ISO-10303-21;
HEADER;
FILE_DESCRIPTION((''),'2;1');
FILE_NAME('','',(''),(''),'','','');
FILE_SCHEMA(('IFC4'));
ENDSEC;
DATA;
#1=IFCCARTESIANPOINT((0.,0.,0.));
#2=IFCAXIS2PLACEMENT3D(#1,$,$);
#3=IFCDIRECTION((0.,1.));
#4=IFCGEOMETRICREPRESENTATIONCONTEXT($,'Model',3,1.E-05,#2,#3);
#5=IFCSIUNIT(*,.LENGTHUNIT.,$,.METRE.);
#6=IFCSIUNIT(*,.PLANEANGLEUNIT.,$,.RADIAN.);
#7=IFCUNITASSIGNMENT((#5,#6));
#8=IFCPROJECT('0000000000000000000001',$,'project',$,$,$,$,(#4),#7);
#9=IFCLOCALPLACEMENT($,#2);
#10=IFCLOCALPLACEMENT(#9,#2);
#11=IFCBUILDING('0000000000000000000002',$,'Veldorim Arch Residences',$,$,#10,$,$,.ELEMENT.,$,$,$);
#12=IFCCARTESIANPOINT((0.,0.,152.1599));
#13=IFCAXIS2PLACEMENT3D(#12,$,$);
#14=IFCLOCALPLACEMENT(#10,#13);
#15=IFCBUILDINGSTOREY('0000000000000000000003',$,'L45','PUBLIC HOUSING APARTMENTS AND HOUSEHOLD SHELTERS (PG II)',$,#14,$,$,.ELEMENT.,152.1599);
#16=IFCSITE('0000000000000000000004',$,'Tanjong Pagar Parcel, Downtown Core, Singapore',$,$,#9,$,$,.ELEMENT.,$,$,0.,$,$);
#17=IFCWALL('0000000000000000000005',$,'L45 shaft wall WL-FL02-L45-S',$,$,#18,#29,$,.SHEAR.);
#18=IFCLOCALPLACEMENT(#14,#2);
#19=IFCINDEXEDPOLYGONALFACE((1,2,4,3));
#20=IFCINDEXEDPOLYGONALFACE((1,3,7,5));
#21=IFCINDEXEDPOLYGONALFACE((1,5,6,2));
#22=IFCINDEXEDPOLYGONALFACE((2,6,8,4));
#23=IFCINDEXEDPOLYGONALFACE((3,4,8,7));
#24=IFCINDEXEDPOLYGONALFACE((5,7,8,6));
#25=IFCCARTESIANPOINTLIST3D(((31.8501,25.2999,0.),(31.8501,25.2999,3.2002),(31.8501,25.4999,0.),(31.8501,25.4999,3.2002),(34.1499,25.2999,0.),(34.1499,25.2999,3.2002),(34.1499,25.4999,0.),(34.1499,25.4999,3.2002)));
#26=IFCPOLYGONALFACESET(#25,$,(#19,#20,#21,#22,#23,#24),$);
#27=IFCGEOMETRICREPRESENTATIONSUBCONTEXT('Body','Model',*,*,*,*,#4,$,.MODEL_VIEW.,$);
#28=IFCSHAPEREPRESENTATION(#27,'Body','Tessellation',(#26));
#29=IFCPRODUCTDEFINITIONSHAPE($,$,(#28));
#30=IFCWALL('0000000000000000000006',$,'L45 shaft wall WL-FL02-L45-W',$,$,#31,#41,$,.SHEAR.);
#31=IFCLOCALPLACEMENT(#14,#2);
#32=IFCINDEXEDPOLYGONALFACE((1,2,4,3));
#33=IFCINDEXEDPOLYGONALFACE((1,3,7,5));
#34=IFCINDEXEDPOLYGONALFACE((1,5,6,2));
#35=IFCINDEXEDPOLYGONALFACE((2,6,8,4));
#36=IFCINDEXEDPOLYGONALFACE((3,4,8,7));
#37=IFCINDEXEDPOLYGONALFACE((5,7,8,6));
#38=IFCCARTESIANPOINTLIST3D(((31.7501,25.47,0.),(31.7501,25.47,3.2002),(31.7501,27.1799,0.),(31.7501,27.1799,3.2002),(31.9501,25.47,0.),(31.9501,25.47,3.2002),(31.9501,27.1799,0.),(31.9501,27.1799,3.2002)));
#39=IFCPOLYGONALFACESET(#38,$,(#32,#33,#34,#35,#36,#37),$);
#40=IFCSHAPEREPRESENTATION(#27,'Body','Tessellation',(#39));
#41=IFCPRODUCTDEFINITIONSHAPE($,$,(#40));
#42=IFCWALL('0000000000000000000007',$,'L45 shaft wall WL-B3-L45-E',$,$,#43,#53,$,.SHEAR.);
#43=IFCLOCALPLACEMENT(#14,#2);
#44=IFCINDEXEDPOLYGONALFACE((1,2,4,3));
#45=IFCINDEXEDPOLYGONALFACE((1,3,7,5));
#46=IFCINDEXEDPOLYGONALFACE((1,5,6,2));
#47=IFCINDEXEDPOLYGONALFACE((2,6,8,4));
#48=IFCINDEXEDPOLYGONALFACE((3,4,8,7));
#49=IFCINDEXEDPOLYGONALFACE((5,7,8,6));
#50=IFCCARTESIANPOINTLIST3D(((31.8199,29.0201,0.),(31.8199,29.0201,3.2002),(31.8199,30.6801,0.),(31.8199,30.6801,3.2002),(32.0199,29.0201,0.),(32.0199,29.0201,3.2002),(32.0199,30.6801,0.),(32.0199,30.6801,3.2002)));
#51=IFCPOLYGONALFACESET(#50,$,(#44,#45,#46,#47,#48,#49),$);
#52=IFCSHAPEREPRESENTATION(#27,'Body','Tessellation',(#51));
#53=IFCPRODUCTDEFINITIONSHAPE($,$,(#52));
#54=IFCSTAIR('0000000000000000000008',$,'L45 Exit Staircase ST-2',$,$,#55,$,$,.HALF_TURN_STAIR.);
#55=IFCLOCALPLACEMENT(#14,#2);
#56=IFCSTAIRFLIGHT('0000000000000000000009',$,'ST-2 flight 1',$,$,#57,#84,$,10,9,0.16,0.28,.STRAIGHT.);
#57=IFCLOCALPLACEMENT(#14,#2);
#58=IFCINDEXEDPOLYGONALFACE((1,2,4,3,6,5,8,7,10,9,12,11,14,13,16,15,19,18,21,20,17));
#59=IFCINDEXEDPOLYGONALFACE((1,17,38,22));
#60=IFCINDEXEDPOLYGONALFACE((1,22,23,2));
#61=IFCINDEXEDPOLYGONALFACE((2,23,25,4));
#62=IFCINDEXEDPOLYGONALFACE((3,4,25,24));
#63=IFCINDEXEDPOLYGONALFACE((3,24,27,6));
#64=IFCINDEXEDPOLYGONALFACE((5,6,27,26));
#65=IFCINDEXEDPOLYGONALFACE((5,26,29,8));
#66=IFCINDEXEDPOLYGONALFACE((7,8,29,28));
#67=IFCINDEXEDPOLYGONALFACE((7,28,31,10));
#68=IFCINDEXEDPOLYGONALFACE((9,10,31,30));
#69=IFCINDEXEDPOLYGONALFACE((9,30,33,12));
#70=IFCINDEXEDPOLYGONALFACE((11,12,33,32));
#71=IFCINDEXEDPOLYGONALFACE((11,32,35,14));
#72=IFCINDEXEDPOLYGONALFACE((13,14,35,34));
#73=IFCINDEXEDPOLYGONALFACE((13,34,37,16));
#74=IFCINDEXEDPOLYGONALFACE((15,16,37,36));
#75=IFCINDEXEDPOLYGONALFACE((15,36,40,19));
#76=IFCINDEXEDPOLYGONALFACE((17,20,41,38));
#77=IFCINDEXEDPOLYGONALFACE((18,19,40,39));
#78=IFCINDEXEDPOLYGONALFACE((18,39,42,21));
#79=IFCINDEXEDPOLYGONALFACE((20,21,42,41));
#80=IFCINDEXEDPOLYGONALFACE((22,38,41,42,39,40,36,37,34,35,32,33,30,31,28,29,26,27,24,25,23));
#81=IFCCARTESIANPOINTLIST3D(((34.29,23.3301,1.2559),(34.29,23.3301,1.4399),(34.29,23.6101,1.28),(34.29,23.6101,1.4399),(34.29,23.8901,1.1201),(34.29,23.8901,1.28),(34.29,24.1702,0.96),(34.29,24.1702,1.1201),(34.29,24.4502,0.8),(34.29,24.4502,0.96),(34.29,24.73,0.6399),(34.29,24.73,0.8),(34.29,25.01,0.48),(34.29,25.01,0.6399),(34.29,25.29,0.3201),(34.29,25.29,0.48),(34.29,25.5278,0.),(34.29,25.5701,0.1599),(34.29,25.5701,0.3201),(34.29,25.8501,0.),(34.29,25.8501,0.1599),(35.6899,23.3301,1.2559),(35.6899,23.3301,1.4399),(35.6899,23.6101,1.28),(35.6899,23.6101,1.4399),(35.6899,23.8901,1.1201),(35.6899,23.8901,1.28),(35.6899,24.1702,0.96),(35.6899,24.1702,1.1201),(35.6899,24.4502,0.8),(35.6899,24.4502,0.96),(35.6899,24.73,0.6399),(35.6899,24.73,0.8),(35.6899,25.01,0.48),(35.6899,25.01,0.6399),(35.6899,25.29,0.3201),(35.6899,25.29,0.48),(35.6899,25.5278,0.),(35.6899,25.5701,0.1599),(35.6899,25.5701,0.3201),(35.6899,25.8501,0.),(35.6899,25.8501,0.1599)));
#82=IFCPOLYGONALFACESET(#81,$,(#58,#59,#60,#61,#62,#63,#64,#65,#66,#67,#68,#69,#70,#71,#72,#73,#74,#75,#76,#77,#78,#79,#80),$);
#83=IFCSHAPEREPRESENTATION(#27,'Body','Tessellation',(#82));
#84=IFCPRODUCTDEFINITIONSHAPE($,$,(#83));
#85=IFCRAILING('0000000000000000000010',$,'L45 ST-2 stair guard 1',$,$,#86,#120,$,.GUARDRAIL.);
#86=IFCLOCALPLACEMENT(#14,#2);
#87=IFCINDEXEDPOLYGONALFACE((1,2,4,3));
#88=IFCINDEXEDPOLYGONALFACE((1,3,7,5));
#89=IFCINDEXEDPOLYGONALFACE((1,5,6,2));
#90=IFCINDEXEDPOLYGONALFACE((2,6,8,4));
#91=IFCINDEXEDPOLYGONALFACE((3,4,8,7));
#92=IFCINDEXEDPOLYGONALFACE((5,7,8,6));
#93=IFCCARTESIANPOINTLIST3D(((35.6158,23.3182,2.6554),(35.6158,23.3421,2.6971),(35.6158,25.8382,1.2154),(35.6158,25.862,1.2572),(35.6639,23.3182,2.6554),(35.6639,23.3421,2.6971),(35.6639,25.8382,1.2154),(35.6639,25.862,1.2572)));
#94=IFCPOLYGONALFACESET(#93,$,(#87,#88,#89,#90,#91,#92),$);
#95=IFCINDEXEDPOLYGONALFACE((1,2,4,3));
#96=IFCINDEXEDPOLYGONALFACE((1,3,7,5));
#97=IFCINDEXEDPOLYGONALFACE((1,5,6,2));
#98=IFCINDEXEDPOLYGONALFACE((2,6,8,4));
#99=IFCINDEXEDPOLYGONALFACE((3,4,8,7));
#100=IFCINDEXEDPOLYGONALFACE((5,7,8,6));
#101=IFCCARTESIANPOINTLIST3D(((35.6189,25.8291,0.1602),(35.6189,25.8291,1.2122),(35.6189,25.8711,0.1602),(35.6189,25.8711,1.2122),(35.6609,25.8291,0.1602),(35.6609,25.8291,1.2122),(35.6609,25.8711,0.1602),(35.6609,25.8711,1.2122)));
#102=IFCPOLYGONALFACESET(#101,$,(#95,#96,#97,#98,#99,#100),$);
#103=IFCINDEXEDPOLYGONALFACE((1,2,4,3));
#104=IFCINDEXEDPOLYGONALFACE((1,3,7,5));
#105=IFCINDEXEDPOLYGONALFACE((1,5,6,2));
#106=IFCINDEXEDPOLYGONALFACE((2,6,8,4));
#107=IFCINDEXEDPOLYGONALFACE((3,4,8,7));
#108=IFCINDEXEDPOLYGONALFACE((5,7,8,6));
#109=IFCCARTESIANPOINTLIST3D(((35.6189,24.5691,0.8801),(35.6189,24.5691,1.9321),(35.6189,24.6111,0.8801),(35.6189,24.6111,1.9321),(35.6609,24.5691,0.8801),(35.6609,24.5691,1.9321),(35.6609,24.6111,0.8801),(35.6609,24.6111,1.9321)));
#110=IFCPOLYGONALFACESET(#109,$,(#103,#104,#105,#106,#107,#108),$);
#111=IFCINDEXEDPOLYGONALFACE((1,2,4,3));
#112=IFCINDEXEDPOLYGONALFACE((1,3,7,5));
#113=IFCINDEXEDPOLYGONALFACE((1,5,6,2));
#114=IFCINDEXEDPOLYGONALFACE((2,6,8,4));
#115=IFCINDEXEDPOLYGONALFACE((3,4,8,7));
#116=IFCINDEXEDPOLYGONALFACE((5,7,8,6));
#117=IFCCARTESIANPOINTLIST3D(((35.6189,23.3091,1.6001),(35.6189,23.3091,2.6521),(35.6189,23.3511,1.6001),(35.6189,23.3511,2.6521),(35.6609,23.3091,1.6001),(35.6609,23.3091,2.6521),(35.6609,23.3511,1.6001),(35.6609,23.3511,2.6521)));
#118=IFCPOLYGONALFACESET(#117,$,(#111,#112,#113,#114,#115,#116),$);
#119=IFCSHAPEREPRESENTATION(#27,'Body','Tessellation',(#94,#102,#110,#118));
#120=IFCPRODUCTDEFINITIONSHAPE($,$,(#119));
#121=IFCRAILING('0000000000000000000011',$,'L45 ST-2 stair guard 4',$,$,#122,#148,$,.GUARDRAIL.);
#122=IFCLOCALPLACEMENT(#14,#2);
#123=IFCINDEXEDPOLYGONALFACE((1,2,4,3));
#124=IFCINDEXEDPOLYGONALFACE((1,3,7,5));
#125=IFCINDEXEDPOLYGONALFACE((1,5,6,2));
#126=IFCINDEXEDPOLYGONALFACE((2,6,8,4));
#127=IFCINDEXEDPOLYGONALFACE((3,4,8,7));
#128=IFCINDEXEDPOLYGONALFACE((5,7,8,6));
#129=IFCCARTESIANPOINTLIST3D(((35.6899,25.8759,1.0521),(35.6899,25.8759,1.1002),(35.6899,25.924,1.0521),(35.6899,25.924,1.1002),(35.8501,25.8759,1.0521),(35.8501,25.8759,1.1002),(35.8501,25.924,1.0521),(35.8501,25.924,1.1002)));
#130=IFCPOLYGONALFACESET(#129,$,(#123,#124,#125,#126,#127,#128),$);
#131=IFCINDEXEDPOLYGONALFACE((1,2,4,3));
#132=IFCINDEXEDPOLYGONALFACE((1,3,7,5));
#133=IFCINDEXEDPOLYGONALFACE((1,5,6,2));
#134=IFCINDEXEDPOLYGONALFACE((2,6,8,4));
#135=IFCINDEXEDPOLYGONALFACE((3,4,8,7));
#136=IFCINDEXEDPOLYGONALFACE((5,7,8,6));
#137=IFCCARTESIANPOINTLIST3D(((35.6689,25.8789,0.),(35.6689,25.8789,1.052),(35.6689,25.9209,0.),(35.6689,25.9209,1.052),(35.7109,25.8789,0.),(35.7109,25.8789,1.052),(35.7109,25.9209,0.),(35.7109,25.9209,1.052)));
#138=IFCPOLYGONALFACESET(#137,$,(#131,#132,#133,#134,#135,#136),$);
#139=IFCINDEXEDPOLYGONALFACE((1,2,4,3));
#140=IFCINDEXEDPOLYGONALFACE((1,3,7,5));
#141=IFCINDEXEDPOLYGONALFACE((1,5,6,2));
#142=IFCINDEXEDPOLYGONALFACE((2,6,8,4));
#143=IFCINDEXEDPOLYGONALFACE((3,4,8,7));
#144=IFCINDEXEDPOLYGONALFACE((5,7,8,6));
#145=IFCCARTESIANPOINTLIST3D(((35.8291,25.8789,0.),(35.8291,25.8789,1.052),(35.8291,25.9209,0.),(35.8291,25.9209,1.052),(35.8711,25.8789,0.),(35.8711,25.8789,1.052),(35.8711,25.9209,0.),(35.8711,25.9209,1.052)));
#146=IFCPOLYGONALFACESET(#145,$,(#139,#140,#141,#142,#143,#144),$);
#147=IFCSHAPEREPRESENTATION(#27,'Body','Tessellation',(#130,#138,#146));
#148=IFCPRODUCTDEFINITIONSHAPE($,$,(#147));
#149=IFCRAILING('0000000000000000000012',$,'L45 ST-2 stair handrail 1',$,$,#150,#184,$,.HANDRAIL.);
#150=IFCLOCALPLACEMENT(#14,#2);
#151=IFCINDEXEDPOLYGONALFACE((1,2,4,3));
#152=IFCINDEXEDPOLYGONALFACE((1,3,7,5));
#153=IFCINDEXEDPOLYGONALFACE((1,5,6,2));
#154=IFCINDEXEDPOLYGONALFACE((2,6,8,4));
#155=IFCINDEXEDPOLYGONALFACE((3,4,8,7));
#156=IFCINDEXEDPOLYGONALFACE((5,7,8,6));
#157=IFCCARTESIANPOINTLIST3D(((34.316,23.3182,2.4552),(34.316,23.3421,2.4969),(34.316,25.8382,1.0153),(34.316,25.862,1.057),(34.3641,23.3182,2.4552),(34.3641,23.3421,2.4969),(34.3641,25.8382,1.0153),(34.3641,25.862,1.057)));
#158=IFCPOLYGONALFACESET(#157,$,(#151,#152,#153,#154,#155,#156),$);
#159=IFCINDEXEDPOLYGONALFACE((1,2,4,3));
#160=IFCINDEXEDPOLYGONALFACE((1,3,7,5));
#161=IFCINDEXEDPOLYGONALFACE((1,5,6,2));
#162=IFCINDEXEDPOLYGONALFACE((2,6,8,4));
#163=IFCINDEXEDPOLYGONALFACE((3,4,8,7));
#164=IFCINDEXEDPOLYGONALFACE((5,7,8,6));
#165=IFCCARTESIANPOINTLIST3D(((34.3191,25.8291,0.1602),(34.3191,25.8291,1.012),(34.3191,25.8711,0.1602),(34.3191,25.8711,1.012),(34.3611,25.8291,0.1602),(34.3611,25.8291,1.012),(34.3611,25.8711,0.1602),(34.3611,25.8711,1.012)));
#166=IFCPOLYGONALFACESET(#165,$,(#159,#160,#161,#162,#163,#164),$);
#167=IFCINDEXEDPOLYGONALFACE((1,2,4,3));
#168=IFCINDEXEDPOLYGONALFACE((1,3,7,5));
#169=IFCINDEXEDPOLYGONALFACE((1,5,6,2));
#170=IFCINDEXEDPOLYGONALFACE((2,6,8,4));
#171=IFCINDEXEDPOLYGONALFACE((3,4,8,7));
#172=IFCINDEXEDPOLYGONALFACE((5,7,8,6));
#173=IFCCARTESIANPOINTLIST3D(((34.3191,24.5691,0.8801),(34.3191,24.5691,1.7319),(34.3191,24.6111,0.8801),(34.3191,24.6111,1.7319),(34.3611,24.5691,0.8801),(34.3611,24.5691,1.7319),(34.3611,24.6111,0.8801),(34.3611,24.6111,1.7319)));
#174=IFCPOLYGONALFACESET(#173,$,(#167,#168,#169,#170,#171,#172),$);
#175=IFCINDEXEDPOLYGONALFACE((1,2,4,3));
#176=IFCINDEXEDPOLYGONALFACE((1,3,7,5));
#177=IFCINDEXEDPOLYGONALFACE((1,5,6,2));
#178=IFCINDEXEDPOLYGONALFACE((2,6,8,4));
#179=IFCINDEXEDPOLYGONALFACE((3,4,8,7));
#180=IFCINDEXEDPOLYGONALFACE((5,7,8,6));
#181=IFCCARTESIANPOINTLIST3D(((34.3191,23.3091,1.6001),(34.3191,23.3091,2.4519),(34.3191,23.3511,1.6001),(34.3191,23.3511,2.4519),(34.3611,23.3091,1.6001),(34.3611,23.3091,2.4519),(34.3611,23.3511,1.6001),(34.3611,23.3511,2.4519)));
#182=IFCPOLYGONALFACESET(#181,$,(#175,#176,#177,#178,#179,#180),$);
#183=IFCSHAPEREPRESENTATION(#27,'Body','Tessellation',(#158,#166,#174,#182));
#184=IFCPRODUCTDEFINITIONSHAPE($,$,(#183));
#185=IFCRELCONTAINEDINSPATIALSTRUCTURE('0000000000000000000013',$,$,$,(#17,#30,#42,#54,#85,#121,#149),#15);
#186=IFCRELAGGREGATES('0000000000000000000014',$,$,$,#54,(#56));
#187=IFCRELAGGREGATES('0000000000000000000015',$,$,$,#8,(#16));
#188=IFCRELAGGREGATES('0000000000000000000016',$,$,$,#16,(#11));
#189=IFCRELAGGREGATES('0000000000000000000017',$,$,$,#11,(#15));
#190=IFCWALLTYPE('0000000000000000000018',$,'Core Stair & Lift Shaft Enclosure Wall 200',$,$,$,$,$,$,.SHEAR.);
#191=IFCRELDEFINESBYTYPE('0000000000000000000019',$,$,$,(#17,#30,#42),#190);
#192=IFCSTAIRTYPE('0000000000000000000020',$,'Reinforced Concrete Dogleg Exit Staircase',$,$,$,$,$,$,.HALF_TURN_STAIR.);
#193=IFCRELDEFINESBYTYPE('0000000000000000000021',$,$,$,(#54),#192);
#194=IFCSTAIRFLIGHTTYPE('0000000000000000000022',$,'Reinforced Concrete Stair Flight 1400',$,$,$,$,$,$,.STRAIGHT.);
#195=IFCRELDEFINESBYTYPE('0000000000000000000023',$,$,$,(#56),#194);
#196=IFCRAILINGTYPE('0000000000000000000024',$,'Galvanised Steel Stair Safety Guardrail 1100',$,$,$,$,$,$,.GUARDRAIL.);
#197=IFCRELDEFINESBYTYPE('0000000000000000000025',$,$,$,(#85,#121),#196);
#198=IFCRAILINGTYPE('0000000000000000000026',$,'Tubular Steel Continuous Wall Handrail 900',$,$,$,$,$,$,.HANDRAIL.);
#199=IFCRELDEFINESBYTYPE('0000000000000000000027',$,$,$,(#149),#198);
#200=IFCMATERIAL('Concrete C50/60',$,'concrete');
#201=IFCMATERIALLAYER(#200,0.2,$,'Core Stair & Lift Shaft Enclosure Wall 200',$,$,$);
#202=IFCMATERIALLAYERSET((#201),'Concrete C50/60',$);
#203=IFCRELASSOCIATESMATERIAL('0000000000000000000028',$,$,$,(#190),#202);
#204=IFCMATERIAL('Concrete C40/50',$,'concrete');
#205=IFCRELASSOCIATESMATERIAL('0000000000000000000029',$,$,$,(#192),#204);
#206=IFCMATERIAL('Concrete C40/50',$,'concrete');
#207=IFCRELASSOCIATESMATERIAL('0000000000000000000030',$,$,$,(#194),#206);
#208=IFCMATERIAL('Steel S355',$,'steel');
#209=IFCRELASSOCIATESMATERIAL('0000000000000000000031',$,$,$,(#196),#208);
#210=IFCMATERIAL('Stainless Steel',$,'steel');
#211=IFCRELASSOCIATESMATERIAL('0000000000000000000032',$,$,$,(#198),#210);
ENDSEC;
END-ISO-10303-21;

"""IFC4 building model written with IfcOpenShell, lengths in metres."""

from ifc_helpers import new_model, si_unit, direction, frame, frame_2d, origin, origin_2d, place, context, subcontext, project, spatial, polyline, rectangle, outline, extrude, material, layer, layer_set, type_object, element, aggregate, save


model = new_model("IFC4")

# Units and contexts
model_context = context("Model", 3, precision=1e-05, world=origin(), true_north=direction((0.0, 1.0)))
body_context = subcontext(model_context, "Body", "Model", "MODEL_VIEW")
ifc_project = project(units=[si_unit("LENGTHUNIT", "METRE"), si_unit("PLANEANGLEUNIT", "RADIAN")], contexts=[model_context])

# Site, building, storey
site_placement = place(None, origin())
site = spatial("IfcSite", under=ifc_project, at=site_placement, Name="Tanjong Pagar Parcel, Downtown Core, Singapore", CompositionType="ELEMENT", RefElevation=0.0)
building_placement = place(site_placement, origin())
building = spatial("IfcBuilding", under=site, at=building_placement, Name="Veldorim Arch Residences", CompositionType="ELEMENT")
storey_placement = place(building_placement, frame((0.0, 0.0, 152.1599)))
storey = spatial("IfcBuildingStorey", under=building, at=storey_placement, Name="L45", Description="PUBLIC HOUSING APARTMENTS AND HOUSEHOLD SHELTERS (PG II)", CompositionType="ELEMENT", Elevation=152.1599)

# Shared definitions
ifc_material_1 = material(Name="Concrete C50/60", Category="concrete")
ifc_layer = layer(ifc_material_1, 0.2, Name="Core Stair & Lift Shaft Enclosure Wall 200")
ifc_layer_set = layer_set([ifc_layer], Name="Concrete C50/60")
wall_type = type_object("IfcWallType", Name="Core Stair & Lift Shaft Enclosure Wall 200", PredefinedType="SHEAR", material=ifc_layer_set)

# Walls
wall_1_placement = place(storey_placement, frame((31.8501, 25.3999, 0.0), z_axis=(0.0, 0.0, 1.0), x_axis=(1.0, 0.0, 0.0)))
element("IfcWall", 1, at=wall_1_placement, inside=storey, type_object=wall_type, Name="L45 shaft wall WL-FL02-L45-S", PredefinedType="SHEAR", context=body_context, shape_type="SweptSolid", body=[
    extrude(rectangle(XDim=2.2998, YDim=0.2, at=frame_2d((1.1499, 0.0))), origin(), (0.0, 0.0, 1.0), 3.2002),
])
wall_2_placement = place(storey_placement, frame((31.8501, 25.47, 0.0), z_axis=(0.0, 0.0, 1.0), x_axis=(0.0, 1.0, 0.0)))
element("IfcWall", 2, at=wall_2_placement, inside=storey, type_object=wall_type, Name="L45 shaft wall WL-FL02-L45-W", PredefinedType="SHEAR", context=body_context, shape_type="SweptSolid", body=[
    extrude(rectangle(XDim=1.71, YDim=0.2, at=frame_2d((0.855, 0.0))), origin(), (0.0, 0.0, 1.0), 3.2002),
])
wall_3_placement = place(storey_placement, frame((31.9199, 29.02, 0.0), z_axis=(0.0, 0.0, 1.0), x_axis=(0.0, 1.0, 0.0)))
element("IfcWall", 3, at=wall_3_placement, inside=storey, type_object=wall_type, Name="L45 shaft wall WL-B3-L45-E", PredefinedType="SHEAR", context=body_context, shape_type="SweptSolid", body=[
    extrude(rectangle(XDim=1.6599, YDim=0.2, at=frame_2d((0.8301, 0.0))), origin(), (0.0, 0.0, 1.0), 3.2002),
])

# Stair, stair flight
ifc_material_2 = material(Name="Concrete C40/50", Category="concrete")
stair_type = type_object("IfcStairType", Name="Reinforced Concrete Dogleg Exit Staircase", PredefinedType="HALF_TURN_STAIR", material=ifc_material_2)
stair_placement = place(storey_placement, origin())
stair = element("IfcStair", 4, at=stair_placement, inside=storey, type_object=stair_type, Name="L45 Exit Staircase ST-2", PredefinedType="HALF_TURN_STAIR")
ifc_material_3 = material(Name="Concrete C40/50", Category="concrete")
stair_flight_type = type_object("IfcStairFlightType", Name="Reinforced Concrete Stair Flight 1400", PredefinedType="STRAIGHT", material=ifc_material_3)
stair_flight_placement = place(storey_placement, frame((34.99, 25.8501, 0.0), z_axis=(0.0, 0.0, 1.0), x_axis=(0.0, -1.0, 0.0)))
stair_flight = element("IfcStairFlight", 5, at=stair_flight_placement, type_object=stair_flight_type, Name="ST-2 flight 1", NumberOfRisers=10, NumberOfTreads=9, PredefinedType="STRAIGHT", RiserHeight=0.16, TreadLength=0.28, context=body_context, shape_type="SweptSolid", body=[
    extrude(outline(polyline([(0.0, 0.0), (0.0, 0.1599), (0.28, 0.1599), (0.28, 0.3201), (0.5601, 0.3201), (0.5601, 0.48), (0.8401, 0.48), (0.8401, 0.6399), (1.1201, 0.6399), (1.1201, 0.8), (1.3999, 0.8), (1.3999, 0.96), (1.6799, 0.96), (1.6799, 1.1201), (1.96, 1.1201), (1.96, 1.28), (2.24, 1.28), (2.24, 1.4399), (2.52, 1.4399), (2.52, 1.6001), (2.52, 1.2559), (0.3223, 0.0), (0.0, 0.0)])), frame((0.0, 0.7, 0.0), z_axis=(0.0, -1.0, 0.0), x_axis=(1.0, 0.0, 0.0)), (0.0, 0.0, 1.0), 1.3999),
])
aggregate(stair, [stair_flight])

# Railings
ifc_material_4 = material(Name="Steel S355", Category="steel")
railing_type_1 = type_object("IfcRailingType", Name="Galvanised Steel Stair Safety Guardrail 1100", PredefinedType="GUARDRAIL", material=ifc_material_4)
railing_1_placement = place(storey_placement, frame((35.6399, 25.8501, 0.1602)))
element("IfcRailing", 6, at=railing_1_placement, inside=storey, type_object=railing_type_1, Name="L45 ST-2 stair guard 1", PredefinedType="GUARDRAIL", context=body_context, shape_type="SweptSolid", body=[
    extrude(rectangle(XDim=0.0481, YDim=0.0481, at=origin_2d()), frame((0.0, 0.0, 1.0762), z_axis=(0.0, -0.868253, 0.496121), x_axis=(1.0, 0.0, 0.0)), (0.0, 0.0, 1.0), 2.9023),
    extrude(rectangle(XDim=0.042, YDim=0.042, at=origin_2d()), origin(), (0.0, 0.0, 1.0), 1.052),
    extrude(rectangle(XDim=0.042, YDim=0.042, at=origin_2d()), frame((0.0, -1.26, 0.72)), (0.0, 0.0, 1.0), 1.052),
    extrude(rectangle(XDim=0.042, YDim=0.042, at=origin_2d()), frame((0.0, -2.52, 1.4399)), (0.0, 0.0, 1.0), 1.052),
])
railing_2_placement = place(storey_placement, frame((35.6899, 25.8999, 0.0)))
element("IfcRailing", 7, at=railing_2_placement, inside=storey, type_object=railing_type_1, Name="L45 ST-2 stair guard 4", PredefinedType="GUARDRAIL", context=body_context, shape_type="SweptSolid", body=[
    extrude(rectangle(XDim=0.0481, YDim=0.0481, at=origin_2d()), frame((0.0, 0.0, 1.0762), z_axis=(1.0, 0.0, 0.0), x_axis=(0.0, 1.0, 0.0)), (0.0, 0.0, 1.0), 0.1602),
    extrude(rectangle(XDim=0.042, YDim=0.042, at=origin_2d()), origin(), (0.0, 0.0, 1.0), 1.052),
    extrude(rectangle(XDim=0.042, YDim=0.042, at=origin_2d()), frame((0.1602, 0.0, 0.0)), (0.0, 0.0, 1.0), 1.052),
])
ifc_material_5 = material(Name="Stainless Steel", Category="steel")
railing_type_2 = type_object("IfcRailingType", Name="Tubular Steel Continuous Wall Handrail 900", PredefinedType="HANDRAIL", material=ifc_material_5)
railing_3_placement = place(storey_placement, frame((34.3401, 25.8501, 0.1602)))
element("IfcRailing", 8, at=railing_3_placement, inside=storey, type_object=railing_type_2, Name="L45 ST-2 stair handrail 1", PredefinedType="HANDRAIL", context=body_context, shape_type="SweptSolid", body=[
    extrude(rectangle(XDim=0.0481, YDim=0.0481, at=origin_2d()), frame((0.0, 0.0, 0.876), z_axis=(0.0, -0.868253, 0.496121), x_axis=(1.0, 0.0, 0.0)), (0.0, 0.0, 1.0), 2.9023),
    extrude(rectangle(XDim=0.042, YDim=0.042, at=origin_2d()), origin(), (0.0, 0.0, 1.0), 0.8518),
    extrude(rectangle(XDim=0.042, YDim=0.042, at=origin_2d()), frame((0.0, -1.26, 0.72)), (0.0, 0.0, 1.0), 0.8518),
    extrude(rectangle(XDim=0.042, YDim=0.042, at=origin_2d()), frame((0.0, -2.52, 1.4399)), (0.0, 0.0, 1.0), 0.8518),
])

save(model, "model.ifc")
